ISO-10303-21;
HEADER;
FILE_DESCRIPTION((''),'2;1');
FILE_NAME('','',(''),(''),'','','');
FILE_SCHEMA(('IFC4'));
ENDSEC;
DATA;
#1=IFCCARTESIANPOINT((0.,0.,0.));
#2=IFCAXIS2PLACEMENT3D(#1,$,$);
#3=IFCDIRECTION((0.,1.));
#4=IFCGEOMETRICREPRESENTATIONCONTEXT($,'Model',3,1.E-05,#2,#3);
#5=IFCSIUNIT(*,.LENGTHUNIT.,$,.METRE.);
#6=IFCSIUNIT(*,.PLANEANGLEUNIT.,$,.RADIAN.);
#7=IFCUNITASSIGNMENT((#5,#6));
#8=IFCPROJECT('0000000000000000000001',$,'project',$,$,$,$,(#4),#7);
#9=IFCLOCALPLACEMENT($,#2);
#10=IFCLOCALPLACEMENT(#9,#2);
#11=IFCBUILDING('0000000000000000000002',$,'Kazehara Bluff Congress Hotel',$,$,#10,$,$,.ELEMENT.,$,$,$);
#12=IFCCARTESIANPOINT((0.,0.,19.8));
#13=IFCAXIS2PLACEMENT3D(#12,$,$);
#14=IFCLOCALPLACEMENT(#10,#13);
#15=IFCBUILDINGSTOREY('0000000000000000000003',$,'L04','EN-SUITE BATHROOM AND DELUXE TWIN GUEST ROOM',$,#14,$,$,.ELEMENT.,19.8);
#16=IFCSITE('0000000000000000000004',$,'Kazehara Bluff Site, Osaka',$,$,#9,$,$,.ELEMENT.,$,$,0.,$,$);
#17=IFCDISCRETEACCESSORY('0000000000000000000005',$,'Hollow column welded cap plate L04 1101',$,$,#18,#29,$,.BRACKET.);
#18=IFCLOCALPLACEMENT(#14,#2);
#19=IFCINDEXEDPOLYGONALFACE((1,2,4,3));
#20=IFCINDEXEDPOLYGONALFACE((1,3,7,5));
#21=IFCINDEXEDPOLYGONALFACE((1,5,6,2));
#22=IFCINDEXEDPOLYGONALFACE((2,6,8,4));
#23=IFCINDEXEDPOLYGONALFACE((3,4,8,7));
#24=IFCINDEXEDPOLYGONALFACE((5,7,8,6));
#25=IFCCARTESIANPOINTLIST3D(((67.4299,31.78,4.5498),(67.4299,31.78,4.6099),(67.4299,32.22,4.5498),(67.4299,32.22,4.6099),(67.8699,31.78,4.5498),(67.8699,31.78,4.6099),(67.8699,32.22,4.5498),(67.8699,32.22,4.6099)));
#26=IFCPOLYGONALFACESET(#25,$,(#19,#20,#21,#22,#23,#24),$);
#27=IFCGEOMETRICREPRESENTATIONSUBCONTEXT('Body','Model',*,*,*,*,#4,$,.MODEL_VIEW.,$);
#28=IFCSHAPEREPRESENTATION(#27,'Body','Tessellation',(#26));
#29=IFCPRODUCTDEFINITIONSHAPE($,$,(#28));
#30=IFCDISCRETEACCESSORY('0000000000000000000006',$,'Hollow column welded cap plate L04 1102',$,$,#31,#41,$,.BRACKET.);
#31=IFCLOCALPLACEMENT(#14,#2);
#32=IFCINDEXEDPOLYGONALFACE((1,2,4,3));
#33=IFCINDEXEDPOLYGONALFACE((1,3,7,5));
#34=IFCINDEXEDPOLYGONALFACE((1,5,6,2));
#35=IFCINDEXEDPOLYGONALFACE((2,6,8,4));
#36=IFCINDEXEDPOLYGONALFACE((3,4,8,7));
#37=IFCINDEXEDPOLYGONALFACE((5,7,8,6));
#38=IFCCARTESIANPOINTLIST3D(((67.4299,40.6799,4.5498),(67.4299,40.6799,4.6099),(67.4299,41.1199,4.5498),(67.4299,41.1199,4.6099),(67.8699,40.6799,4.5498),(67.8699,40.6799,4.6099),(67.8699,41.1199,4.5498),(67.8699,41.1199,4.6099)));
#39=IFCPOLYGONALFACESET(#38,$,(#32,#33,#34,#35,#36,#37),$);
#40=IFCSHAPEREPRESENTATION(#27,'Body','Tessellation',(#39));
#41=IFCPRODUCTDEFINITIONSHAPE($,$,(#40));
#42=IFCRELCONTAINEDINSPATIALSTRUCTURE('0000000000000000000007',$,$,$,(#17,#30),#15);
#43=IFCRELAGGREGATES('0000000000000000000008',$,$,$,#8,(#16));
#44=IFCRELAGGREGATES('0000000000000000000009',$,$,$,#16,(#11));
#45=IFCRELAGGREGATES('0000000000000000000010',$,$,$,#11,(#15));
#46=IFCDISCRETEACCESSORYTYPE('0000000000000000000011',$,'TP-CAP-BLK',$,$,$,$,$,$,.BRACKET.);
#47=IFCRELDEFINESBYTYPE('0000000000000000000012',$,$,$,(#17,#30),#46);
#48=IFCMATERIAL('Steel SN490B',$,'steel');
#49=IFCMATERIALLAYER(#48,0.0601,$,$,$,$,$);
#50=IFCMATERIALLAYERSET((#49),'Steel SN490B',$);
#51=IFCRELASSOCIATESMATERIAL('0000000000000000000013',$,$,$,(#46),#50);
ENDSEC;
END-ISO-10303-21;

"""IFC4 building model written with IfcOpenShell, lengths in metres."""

from ifc_helpers import new_model, si_unit, direction, frame, origin, origin_2d, place, context, subcontext, project, spatial, rectangle, extrude, material, layer, layer_set, type_object, element, save


model = new_model("IFC4")

# Units and contexts
model_context = context("Model", 3, precision=1e-05, world=origin(), true_north=direction((0.0, 1.0)))
body_context = subcontext(model_context, "Body", "Model", "MODEL_VIEW")
ifc_project = project(units=[si_unit("LENGTHUNIT", "METRE"), si_unit("PLANEANGLEUNIT", "RADIAN")], contexts=[model_context])

# Site, building, storey
site_placement = place(None, origin())
site = spatial("IfcSite", under=ifc_project, at=site_placement, Name="Kazehara Bluff Site, Osaka", CompositionType="ELEMENT", RefElevation=0.0)
building_placement = place(site_placement, origin())
building = spatial("IfcBuilding", under=site, at=building_placement, Name="Kazehara Bluff Congress Hotel", CompositionType="ELEMENT")
storey_placement = place(building_placement, frame((0.0, 0.0, 19.8)))
storey = spatial("IfcBuildingStorey", under=building, at=storey_placement, Name="L04", Description="EN-SUITE BATHROOM AND DELUXE TWIN GUEST ROOM", CompositionType="ELEMENT", Elevation=19.8)

# Discrete accessories
ifc_material_1 = material(Name="Steel SN490B", Category="steel")
ifc_layer_1 = layer(ifc_material_1, 0.0601)
ifc_layer_set_1 = layer_set([ifc_layer_1], Name="Steel SN490B")
discrete_accessory_type = type_object("IfcDiscreteAccessoryType", Name="TP-CAP-BLK", PredefinedType="BRACKET", material=ifc_layer_set_1)
for number, where, z_axis, x_axis, name in (
    (1, (67.6499, 32.0, 4.5498), (0.0, 0.0, 1.0), (1.0, 0.0, 0.0), "Hollow column welded cap plate L04 1101"),
    (2, (67.6499, 40.8999, 4.5498), (0.0, 0.0, 1.0), (1.0, 0.0, 0.0), "Hollow column welded cap plate L04 1102"),
):
    element("IfcDiscreteAccessory", number, at=place(storey_placement, frame(where, z_axis=z_axis, x_axis=x_axis)), inside=storey, type_object=discrete_accessory_type, Name=name, PredefinedType="BRACKET", context=body_context, shape_type="SweptSolid", body=[
        extrude(rectangle(XDim=0.4399, YDim=0.4399, at=origin_2d()), origin(), (0.0, 0.0, 1.0), 0.0601),
    ])

save(model, "model.ifc")
